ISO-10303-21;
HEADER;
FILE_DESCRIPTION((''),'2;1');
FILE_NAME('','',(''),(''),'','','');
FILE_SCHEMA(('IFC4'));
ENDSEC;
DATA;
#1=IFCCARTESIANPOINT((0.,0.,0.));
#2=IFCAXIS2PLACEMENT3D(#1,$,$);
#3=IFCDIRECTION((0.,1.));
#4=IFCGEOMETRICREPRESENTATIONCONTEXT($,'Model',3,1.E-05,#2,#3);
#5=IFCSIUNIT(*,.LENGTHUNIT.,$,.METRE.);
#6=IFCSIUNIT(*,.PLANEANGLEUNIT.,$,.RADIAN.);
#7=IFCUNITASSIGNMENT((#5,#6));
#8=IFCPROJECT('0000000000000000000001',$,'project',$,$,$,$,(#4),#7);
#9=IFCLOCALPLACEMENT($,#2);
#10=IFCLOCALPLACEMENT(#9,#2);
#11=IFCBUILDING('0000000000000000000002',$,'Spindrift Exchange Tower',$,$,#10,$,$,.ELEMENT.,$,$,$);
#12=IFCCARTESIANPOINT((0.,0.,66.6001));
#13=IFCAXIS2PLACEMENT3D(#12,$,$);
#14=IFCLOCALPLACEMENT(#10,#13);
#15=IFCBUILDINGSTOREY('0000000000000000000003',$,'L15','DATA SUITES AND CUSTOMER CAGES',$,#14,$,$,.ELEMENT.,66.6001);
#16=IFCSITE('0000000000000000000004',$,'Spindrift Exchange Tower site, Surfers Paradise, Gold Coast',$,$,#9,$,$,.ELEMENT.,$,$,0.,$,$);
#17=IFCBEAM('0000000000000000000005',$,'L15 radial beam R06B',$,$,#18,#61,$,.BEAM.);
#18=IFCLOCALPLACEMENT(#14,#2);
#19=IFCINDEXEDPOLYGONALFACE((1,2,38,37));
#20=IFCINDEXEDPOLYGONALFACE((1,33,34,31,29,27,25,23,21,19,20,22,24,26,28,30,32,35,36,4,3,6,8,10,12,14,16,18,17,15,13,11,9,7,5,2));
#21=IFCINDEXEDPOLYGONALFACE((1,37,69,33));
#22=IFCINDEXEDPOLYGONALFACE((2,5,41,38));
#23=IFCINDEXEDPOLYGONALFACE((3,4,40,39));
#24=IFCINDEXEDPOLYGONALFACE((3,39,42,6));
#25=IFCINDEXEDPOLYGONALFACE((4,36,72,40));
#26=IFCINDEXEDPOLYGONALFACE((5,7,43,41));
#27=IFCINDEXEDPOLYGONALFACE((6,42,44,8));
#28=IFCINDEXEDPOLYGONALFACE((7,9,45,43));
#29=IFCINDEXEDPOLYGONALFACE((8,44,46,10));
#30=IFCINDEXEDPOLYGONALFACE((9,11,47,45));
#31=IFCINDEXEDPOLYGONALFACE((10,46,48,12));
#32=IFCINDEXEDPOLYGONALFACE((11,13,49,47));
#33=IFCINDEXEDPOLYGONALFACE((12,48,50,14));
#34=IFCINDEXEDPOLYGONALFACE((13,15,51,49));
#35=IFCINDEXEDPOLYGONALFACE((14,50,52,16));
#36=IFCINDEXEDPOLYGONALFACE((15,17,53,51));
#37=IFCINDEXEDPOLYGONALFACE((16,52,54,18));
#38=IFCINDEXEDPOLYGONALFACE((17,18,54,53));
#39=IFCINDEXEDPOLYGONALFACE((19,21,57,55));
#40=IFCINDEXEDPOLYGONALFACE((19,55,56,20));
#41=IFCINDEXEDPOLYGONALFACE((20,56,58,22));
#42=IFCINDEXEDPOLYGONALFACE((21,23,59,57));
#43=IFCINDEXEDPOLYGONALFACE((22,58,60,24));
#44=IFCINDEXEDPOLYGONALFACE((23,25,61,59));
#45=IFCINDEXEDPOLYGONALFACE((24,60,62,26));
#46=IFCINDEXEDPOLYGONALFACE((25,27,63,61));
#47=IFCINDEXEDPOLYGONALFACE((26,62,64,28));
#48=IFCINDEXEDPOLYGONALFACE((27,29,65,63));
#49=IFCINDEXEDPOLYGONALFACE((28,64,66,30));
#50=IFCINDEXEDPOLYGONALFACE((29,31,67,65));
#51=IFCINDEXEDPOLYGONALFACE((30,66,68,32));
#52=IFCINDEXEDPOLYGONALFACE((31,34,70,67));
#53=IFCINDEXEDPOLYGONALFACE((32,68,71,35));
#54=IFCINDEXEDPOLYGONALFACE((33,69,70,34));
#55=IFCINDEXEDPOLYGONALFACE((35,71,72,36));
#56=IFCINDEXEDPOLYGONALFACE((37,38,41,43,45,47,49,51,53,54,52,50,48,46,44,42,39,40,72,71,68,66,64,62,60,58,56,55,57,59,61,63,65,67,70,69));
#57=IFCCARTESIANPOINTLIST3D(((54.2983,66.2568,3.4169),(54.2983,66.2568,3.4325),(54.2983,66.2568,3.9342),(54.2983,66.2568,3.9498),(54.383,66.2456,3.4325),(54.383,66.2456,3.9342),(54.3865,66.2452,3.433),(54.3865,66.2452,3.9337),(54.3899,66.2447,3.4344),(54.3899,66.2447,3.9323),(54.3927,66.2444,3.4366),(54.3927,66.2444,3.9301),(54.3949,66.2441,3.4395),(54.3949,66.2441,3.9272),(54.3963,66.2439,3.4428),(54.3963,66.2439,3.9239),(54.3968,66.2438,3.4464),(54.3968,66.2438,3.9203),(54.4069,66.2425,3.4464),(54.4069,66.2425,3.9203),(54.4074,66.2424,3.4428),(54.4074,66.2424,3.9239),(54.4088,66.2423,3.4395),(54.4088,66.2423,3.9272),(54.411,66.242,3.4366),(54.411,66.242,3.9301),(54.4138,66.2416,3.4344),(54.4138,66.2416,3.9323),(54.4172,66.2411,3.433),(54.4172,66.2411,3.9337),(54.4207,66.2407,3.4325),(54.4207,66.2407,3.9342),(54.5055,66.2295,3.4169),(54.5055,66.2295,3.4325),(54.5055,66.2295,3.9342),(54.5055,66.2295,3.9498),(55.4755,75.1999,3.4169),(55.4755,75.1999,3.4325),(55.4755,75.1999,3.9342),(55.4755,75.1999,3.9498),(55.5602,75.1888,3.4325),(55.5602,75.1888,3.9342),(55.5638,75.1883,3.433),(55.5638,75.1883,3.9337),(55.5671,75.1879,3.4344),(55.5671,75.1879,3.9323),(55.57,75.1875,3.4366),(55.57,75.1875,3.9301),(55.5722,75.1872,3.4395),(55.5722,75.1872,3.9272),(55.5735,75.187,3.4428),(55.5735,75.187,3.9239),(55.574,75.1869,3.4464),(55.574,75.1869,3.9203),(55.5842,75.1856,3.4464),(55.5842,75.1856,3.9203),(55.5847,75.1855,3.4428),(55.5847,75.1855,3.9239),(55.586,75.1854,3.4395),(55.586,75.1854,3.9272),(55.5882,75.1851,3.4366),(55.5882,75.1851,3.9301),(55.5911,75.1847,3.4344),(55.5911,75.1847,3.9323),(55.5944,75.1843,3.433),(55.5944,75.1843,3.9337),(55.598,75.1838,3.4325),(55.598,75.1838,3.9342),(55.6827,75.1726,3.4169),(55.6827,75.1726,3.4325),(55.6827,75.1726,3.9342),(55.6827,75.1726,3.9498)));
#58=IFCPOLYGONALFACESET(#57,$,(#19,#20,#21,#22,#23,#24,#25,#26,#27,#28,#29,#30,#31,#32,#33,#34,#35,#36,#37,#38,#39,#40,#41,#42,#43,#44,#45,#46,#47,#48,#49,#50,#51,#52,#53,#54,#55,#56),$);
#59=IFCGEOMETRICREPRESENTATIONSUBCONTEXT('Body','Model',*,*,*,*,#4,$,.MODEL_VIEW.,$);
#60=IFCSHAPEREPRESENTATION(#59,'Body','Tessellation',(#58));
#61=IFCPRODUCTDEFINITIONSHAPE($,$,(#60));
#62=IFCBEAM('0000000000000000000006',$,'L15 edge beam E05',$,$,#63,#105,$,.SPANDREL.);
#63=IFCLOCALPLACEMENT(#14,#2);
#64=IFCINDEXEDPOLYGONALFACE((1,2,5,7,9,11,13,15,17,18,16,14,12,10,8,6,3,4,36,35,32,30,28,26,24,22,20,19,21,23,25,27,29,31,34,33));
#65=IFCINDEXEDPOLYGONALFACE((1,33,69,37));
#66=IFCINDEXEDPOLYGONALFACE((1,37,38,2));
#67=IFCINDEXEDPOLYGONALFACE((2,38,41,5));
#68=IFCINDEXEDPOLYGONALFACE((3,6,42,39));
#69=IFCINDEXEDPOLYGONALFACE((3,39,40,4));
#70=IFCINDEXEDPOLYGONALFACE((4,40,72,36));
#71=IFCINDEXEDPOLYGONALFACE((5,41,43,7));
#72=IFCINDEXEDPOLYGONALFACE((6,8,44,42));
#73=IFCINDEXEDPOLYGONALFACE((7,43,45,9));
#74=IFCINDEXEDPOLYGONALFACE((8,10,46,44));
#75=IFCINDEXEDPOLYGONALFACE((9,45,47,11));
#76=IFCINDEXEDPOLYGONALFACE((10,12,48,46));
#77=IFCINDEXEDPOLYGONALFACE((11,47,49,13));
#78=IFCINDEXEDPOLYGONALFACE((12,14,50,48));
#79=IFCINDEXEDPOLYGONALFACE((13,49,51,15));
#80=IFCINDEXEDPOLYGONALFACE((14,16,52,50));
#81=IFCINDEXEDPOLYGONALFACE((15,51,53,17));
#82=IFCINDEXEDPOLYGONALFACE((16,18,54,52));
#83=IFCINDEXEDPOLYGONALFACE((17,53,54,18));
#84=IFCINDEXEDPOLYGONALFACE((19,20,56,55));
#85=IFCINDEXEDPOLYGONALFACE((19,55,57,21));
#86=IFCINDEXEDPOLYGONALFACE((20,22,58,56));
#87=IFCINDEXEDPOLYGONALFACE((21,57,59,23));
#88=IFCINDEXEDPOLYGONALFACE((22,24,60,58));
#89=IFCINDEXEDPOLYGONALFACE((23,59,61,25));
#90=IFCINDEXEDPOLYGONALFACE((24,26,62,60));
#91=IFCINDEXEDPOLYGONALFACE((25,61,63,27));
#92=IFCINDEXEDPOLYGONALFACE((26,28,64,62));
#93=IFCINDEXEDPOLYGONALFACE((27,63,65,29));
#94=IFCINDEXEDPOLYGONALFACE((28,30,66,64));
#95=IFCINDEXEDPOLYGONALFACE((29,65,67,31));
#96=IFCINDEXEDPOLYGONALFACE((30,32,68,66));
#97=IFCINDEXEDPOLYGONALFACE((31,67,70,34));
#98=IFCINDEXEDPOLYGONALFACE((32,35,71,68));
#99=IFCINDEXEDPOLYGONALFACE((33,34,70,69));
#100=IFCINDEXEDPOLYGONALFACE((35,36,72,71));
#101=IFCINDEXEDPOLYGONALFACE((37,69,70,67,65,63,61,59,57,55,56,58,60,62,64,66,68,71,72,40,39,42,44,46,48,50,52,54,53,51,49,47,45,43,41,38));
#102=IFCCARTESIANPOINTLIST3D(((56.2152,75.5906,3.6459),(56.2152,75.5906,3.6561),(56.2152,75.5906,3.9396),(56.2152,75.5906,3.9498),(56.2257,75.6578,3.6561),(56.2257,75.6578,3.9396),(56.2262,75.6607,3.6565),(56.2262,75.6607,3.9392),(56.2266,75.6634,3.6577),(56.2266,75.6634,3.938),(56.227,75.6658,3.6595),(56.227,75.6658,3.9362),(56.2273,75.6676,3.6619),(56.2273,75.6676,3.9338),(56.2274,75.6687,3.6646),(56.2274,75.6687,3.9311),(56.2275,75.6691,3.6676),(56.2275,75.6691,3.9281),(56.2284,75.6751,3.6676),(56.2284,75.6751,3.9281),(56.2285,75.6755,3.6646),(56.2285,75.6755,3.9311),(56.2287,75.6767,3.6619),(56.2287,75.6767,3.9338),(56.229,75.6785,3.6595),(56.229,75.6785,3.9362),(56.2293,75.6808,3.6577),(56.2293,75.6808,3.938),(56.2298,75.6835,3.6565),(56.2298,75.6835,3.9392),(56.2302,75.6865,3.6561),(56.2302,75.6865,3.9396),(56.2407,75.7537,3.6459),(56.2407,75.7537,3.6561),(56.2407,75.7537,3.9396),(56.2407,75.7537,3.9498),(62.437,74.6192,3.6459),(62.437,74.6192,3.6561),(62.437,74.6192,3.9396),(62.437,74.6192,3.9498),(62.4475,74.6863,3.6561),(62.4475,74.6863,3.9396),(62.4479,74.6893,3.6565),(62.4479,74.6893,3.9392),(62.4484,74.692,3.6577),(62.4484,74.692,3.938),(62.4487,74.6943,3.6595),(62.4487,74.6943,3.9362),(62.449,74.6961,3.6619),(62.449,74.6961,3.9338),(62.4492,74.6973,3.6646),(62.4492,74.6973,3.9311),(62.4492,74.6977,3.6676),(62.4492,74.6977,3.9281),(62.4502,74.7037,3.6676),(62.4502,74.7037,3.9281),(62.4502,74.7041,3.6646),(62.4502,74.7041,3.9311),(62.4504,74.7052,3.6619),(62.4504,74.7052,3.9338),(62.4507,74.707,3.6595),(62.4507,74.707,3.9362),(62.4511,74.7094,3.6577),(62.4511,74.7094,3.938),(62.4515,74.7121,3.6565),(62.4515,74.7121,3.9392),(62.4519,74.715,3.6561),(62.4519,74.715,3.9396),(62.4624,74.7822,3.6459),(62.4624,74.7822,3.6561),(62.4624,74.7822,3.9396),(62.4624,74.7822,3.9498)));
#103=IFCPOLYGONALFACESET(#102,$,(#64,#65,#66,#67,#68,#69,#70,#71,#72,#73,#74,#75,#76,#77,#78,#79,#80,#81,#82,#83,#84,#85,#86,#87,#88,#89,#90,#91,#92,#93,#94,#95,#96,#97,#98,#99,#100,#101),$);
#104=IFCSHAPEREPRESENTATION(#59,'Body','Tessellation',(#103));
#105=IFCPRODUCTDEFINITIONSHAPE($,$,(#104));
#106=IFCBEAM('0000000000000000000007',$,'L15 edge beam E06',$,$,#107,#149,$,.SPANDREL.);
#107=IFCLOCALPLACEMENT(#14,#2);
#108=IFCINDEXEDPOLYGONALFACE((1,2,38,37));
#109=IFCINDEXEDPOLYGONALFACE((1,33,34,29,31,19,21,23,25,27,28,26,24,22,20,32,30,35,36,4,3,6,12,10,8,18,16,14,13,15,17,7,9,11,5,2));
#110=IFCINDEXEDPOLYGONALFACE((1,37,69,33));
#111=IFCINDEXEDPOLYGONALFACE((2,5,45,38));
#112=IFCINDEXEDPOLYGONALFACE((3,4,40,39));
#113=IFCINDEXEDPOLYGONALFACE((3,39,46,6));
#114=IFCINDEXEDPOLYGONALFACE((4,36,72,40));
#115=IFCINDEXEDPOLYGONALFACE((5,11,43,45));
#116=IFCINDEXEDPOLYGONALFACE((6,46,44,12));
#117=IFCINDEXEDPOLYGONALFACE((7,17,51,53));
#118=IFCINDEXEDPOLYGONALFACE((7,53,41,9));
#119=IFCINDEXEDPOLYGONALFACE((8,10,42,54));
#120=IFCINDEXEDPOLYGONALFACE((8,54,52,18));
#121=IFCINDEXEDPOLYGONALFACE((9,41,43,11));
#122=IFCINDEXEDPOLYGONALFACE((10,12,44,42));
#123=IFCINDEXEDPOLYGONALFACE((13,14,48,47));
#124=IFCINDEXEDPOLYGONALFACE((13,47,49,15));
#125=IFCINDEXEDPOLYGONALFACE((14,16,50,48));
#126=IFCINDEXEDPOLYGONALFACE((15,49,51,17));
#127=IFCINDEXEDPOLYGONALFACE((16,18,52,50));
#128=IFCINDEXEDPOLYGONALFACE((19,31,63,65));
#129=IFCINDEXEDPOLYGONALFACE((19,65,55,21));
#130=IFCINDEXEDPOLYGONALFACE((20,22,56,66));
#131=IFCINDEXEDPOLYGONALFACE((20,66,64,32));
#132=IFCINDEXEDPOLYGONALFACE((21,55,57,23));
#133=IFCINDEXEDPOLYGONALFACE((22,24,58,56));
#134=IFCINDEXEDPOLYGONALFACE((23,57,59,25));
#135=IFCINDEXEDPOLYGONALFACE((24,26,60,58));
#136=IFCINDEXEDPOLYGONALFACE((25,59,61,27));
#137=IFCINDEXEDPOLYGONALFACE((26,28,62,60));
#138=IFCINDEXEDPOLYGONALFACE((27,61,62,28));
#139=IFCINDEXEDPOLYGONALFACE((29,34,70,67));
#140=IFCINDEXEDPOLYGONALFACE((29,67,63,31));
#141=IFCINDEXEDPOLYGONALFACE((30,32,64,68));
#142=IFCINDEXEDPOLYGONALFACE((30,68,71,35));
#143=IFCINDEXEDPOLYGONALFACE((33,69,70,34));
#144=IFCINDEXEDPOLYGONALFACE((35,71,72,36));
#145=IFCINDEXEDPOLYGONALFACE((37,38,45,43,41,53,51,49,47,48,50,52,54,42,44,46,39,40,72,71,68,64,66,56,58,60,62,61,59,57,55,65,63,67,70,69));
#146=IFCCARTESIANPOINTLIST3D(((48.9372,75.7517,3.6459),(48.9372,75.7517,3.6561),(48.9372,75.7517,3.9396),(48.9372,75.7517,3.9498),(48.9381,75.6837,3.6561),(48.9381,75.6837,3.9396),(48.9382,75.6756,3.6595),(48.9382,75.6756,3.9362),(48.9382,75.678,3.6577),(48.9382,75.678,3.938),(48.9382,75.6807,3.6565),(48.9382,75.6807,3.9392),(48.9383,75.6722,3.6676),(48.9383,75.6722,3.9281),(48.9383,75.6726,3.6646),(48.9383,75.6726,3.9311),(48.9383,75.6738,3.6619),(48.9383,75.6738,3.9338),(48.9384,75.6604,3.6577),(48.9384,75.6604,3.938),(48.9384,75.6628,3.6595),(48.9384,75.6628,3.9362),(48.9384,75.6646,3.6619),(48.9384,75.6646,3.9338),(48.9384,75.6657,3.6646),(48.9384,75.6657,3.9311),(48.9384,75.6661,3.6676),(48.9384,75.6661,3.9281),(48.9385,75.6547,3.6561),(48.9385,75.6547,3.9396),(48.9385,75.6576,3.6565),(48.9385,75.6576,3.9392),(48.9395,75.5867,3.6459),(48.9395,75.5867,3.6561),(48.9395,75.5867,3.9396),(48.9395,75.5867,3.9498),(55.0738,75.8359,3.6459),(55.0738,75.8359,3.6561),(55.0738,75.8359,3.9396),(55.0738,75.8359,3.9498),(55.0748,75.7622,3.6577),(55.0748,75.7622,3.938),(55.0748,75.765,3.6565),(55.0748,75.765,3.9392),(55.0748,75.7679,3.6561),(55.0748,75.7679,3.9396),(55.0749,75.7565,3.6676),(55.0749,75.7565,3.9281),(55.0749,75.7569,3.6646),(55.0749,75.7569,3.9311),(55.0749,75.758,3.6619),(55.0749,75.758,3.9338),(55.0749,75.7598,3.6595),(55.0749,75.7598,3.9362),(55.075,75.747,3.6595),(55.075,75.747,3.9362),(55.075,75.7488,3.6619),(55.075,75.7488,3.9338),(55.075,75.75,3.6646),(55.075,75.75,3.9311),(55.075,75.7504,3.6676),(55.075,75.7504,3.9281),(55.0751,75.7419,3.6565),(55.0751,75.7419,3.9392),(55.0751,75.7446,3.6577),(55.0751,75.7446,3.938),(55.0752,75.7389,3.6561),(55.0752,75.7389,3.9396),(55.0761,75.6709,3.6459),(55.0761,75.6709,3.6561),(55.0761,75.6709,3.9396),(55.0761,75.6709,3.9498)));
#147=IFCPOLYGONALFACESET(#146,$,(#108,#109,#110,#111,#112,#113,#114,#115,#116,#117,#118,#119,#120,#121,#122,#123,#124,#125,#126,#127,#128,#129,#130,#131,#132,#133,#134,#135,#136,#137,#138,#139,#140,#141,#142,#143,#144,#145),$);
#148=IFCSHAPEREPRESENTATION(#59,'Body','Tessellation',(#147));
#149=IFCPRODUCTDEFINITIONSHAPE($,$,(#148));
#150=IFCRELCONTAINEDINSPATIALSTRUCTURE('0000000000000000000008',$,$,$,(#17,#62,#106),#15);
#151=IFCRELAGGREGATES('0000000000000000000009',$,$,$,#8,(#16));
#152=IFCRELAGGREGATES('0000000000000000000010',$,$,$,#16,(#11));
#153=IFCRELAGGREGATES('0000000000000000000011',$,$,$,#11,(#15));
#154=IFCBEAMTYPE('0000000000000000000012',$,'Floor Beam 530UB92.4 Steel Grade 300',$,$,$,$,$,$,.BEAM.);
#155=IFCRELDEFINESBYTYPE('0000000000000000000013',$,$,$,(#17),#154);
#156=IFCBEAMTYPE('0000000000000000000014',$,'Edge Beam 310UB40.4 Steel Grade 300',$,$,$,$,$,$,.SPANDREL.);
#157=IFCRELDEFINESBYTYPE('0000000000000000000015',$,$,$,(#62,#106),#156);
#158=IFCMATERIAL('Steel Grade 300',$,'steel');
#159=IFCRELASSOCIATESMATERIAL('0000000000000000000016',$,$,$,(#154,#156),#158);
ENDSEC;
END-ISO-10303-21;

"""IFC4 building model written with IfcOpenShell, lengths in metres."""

from ifc_helpers import new_model, si_unit, direction, frame, origin, origin_2d, place, context, subcontext, project, spatial, i_section, extrude, source, transform, mapped, material, material_profile, profile_set, type_object, element, save


model = new_model("IFC4")

# Units and contexts
model_context = context("Model", 3, precision=1e-05, world=origin(), true_north=direction((0.0, 1.0)))
body_context = subcontext(model_context, "Body", "Model", "MODEL_VIEW")
ifc_project = project(units=[si_unit("LENGTHUNIT", "METRE"), si_unit("PLANEANGLEUNIT", "RADIAN")], contexts=[model_context])

# Site, building, storey
site_placement = place(None, origin())
site = spatial("IfcSite", under=ifc_project, at=site_placement, Name="Spindrift Exchange Tower site, Surfers Paradise, Gold Coast", CompositionType="ELEMENT", RefElevation=0.0)
building_placement = place(site_placement, origin())
building = spatial("IfcBuilding", under=site, at=building_placement, Name="Spindrift Exchange Tower", CompositionType="ELEMENT")
storey_placement = place(building_placement, frame((0.0, 0.0, 66.6001)))
storey = spatial("IfcBuildingStorey", under=building, at=storey_placement, Name="L15", Description="DATA SUITES AND CUSTOMER CAGES", CompositionType="ELEMENT", Elevation=66.6001)

# Beams
ifc_material_1 = material(Name="Steel Grade 300", Category="steel")
ifc_material_profile_1 = material_profile(ifc_material_1, i_section(OverallWidth=0.209, OverallDepth=0.533, WebThickness=0.0103, FlangeThickness=0.0156, FilletRadius=0.0139, at=origin_2d()), Name="530UB92.4")
ifc_profile_set_1 = profile_set([ifc_material_profile_1], Name="Steel Grade 300")
beam_type_1 = type_object("IfcBeamType", Name="Floor Beam 530UB92.4 Steel Grade 300", PredefinedType="BEAM", material=ifc_profile_set_1)
shared_shape_1 = source(origin(), body_context, "Body", "SweptSolid", [
    extrude(i_section(OverallWidth=0.209, OverallDepth=0.533, WebThickness=0.0103, FlangeThickness=0.0156, FilletRadius=0.0139, at=origin_2d()), origin(), (0.0, 0.0, 1.0), 9.0203),
])
beam_1_placement = place(storey_placement, frame((54.4019, 66.2432, 3.6833), z_axis=(0.130511, 0.991447, 0.0), x_axis=(-0.991447, 0.130511, 0.0)))
element("IfcBeam", 1, at=beam_1_placement, inside=storey, type_object=beam_type_1, Name="L15 radial beam R06B", PredefinedType="BEAM", context=body_context, shape_type="MappedRepresentation", body=[
    mapped(shared_shape_1, transform((0.0, 0.0, 0.0), scale=1.0)),
])
ifc_material_profile_2 = material_profile(ifc_material_1, i_section(OverallWidth=0.165, OverallDepth=0.304, WebThickness=0.0061, FlangeThickness=0.0103, FilletRadius=0.0115, at=origin_2d()), Name="310UB40.4")
ifc_profile_set_2 = profile_set([ifc_material_profile_2], Name="Steel Grade 300")
beam_type_2 = type_object("IfcBeamType", Name="Edge Beam 310UB40.4 Steel Grade 300", PredefinedType="SPANDREL", material=ifc_profile_set_2)
shared_shape_2 = source(origin(), body_context, "Body", "SweptSolid", [
    extrude(i_section(OverallWidth=0.165, OverallDepth=0.304, WebThickness=0.0061, FlangeThickness=0.0103, FilletRadius=0.0115, at=origin_2d()), origin(), (0.0, 0.0, 1.0), 6.2971),
])
beam_2_placement = place(storey_placement, frame((62.4497, 74.7007, 3.7979), z_axis=(-0.988029, 0.154268, 0.0), x_axis=(-0.154268, -0.988029, 0.0)))
element("IfcBeam", 2, at=beam_2_placement, inside=storey, type_object=beam_type_2, Name="L15 edge beam E05", PredefinedType="SPANDREL", context=body_context, shape_type="MappedRepresentation", body=[
    mapped(shared_shape_2, transform((0.0, 0.0, 0.0), scale=1.0)),
])
shared_shape_3 = source(origin(), body_context, "Body", "SweptSolid", [
    extrude(i_section(OverallWidth=0.165, OverallDepth=0.304, WebThickness=0.0061, FlangeThickness=0.0103, FilletRadius=0.0115, at=origin_2d()), origin(), (0.0, 0.0, 1.0), 6.1372),
])
beam_3_placement = place(storey_placement, frame((55.075, 75.7534, 3.7979), z_axis=(-0.999906, -0.013724, 0.0), x_axis=(0.013724, -0.999906, 0.0)))
element("IfcBeam", 3, at=beam_3_placement, inside=storey, type_object=beam_type_2, Name="L15 edge beam E06", PredefinedType="SPANDREL", context=body_context, shape_type="MappedRepresentation", body=[
    mapped(shared_shape_3, transform((0.0, 0.0, 0.0), scale=1.0)),
])

save(model, "model.ifc")
